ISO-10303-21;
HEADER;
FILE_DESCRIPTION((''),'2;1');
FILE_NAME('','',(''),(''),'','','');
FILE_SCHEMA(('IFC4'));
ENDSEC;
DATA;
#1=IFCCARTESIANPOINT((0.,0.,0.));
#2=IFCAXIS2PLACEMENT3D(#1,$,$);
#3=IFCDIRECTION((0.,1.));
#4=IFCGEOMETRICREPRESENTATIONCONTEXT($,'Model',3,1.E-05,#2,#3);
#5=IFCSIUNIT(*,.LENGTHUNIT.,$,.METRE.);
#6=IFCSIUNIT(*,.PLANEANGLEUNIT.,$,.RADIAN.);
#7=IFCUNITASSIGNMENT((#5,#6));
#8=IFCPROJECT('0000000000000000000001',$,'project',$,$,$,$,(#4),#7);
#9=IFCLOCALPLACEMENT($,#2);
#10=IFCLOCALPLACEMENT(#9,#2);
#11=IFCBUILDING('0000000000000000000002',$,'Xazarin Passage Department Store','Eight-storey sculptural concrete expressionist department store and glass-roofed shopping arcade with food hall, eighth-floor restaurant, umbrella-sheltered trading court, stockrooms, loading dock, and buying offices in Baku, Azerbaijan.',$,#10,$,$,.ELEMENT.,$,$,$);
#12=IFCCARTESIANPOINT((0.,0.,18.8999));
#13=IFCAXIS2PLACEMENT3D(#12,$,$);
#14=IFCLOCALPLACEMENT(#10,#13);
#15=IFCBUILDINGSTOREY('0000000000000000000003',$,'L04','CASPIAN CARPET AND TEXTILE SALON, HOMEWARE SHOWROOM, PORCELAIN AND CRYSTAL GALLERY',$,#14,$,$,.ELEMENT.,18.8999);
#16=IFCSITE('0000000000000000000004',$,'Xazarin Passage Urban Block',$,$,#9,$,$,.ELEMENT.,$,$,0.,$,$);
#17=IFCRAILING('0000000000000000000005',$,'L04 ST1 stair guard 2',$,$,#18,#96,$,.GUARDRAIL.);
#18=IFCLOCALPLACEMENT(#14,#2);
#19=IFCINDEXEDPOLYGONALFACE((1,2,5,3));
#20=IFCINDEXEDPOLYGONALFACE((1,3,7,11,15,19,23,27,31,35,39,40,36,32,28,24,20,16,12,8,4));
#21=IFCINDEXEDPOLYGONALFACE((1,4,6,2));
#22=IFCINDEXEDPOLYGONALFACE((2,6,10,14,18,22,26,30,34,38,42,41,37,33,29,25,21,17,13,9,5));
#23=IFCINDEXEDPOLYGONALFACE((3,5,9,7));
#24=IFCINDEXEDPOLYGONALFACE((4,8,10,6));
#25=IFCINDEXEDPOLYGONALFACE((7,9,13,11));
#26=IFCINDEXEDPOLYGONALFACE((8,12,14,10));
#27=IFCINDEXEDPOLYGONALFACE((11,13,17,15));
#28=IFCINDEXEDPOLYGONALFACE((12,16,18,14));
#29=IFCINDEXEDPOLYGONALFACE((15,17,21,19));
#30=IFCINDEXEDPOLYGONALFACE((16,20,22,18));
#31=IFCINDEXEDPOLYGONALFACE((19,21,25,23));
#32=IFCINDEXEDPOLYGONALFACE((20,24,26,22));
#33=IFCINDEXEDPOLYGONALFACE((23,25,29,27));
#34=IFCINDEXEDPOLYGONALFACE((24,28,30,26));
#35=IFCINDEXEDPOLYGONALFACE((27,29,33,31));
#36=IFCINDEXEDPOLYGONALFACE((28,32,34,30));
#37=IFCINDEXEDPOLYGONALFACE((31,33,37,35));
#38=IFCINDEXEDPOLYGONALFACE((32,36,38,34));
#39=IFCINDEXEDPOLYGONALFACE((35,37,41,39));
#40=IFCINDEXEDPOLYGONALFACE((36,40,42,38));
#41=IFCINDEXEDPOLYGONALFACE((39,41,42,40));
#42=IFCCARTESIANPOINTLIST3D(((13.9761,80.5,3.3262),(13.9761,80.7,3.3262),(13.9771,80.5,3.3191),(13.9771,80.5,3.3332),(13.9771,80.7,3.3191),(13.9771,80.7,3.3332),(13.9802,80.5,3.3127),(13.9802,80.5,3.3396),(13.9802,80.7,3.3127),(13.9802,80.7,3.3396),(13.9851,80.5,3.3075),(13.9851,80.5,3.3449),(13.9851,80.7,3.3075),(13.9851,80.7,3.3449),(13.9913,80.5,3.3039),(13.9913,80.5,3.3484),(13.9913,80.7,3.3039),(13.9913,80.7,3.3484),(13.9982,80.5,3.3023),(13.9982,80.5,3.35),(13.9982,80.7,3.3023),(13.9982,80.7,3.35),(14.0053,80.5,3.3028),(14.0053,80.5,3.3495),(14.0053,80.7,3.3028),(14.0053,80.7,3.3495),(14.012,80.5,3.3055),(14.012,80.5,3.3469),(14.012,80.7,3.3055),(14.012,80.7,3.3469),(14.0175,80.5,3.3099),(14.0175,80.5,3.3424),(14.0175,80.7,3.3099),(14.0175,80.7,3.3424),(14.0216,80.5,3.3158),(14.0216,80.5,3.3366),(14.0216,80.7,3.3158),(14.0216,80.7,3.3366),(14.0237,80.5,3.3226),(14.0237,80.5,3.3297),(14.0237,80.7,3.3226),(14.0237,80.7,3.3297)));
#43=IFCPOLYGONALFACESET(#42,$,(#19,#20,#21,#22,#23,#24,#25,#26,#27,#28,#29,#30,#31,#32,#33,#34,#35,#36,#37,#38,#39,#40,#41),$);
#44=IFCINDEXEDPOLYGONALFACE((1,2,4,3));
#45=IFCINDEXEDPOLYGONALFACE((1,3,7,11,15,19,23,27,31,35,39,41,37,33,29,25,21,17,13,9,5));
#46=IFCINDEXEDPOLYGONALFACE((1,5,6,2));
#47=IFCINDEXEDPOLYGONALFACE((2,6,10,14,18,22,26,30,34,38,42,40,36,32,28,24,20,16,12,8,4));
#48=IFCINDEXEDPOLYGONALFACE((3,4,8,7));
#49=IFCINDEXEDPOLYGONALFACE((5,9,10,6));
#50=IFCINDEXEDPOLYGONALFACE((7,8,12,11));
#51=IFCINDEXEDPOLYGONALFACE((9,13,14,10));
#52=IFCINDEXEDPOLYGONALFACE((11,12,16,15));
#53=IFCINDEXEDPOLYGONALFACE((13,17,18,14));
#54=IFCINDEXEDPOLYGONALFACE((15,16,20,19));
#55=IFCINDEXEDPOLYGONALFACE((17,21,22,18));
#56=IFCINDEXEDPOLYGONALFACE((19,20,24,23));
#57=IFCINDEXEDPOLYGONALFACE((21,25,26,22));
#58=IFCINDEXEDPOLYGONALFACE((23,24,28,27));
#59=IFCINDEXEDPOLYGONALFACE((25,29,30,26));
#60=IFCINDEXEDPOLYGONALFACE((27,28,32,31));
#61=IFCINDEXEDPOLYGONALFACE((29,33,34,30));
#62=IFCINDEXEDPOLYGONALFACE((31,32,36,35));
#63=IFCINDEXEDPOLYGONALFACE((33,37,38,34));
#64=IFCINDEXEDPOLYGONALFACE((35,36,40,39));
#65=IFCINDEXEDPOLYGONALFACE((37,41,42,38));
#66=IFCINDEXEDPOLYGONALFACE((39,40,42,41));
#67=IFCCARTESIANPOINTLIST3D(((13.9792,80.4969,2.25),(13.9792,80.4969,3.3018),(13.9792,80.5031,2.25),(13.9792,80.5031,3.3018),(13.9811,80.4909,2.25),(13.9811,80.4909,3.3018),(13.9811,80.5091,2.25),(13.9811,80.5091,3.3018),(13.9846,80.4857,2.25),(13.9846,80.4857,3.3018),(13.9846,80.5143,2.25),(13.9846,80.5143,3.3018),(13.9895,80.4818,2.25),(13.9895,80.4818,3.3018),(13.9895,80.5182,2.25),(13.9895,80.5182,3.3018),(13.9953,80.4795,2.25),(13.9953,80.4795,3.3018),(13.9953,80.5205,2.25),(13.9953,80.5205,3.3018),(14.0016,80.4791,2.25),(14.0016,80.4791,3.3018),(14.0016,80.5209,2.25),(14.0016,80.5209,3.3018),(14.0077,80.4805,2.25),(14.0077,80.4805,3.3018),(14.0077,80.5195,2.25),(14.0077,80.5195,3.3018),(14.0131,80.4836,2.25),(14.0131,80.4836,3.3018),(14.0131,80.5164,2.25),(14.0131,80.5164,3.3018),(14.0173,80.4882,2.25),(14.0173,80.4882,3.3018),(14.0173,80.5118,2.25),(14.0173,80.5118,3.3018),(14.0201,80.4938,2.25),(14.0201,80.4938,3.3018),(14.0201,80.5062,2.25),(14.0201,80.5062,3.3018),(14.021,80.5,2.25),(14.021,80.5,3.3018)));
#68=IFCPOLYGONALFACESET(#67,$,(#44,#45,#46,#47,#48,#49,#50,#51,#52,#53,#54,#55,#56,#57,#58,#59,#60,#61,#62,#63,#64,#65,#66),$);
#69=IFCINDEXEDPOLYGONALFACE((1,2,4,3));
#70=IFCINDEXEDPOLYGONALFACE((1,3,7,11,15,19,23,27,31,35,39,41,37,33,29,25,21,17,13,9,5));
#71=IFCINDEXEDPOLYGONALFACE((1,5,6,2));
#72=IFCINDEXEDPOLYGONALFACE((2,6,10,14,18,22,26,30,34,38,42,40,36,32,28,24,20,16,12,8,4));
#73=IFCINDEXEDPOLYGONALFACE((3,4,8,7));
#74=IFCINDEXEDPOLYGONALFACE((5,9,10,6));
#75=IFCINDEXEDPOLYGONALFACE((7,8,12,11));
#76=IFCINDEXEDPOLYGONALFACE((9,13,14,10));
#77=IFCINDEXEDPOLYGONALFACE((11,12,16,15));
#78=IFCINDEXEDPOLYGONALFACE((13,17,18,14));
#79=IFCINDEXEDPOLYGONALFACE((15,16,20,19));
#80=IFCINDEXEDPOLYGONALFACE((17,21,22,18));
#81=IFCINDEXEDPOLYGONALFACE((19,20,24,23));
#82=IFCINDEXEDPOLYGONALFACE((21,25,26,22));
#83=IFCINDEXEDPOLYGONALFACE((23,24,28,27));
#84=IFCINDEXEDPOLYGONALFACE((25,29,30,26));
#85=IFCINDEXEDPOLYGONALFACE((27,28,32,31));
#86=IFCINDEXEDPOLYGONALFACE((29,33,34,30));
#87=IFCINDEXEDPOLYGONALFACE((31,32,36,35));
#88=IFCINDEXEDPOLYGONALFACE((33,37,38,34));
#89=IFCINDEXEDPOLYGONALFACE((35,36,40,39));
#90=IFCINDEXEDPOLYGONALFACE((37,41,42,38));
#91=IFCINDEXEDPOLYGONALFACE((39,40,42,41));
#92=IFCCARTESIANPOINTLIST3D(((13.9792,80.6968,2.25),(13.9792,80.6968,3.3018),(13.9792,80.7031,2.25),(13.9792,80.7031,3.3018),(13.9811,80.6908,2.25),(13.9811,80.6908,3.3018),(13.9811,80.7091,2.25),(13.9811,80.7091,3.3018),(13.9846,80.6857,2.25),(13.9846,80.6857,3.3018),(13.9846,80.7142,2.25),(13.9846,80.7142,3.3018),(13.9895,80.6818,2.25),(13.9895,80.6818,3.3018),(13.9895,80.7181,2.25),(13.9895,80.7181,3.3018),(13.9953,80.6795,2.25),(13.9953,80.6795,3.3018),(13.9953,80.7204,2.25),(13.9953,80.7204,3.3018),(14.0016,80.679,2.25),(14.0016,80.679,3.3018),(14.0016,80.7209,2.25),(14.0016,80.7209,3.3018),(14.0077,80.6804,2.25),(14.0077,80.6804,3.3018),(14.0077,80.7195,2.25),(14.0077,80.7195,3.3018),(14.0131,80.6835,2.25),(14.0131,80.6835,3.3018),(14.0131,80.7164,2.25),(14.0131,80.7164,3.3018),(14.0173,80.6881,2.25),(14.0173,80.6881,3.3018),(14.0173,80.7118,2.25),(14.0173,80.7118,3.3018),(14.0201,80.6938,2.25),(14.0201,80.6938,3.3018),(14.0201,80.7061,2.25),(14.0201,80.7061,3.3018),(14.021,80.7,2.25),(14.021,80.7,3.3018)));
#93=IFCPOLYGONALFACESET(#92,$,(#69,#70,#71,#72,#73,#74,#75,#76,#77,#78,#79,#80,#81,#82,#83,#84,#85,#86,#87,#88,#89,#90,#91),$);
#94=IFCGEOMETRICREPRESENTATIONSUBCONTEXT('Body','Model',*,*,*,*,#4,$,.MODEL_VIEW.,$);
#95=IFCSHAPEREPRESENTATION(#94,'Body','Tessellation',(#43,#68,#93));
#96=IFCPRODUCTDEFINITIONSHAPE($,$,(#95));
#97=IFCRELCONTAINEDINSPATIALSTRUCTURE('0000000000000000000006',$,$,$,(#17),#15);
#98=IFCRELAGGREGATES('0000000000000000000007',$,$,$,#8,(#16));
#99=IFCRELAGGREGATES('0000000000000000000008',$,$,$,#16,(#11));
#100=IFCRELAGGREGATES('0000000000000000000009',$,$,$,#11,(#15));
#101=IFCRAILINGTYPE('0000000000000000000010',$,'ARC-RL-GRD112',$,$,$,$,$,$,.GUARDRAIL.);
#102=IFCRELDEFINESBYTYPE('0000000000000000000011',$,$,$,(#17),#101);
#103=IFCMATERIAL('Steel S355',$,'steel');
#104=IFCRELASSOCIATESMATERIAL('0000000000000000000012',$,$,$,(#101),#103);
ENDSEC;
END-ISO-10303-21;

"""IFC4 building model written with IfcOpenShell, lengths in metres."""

from ifc_helpers import new_model, si_unit, direction, frame, origin, origin_2d, place, context, subcontext, project, spatial, circle, extrude, material, type_object, element, save


model = new_model("IFC4")

# Units and contexts
model_context = context("Model", 3, precision=1e-05, world=origin(), true_north=direction((0.0, 1.0)))
body_context = subcontext(model_context, "Body", "Model", "MODEL_VIEW")
ifc_project = project(units=[si_unit("LENGTHUNIT", "METRE"), si_unit("PLANEANGLEUNIT", "RADIAN")], contexts=[model_context])

# Site, building, storey
site_placement = place(None, origin())
site = spatial("IfcSite", under=ifc_project, at=site_placement, Name="Xazarin Passage Urban Block", CompositionType="ELEMENT", RefElevation=0.0)
building_placement = place(site_placement, origin())
building = spatial("IfcBuilding", under=site, at=building_placement, Name="Xazarin Passage Department Store", Description="Eight-storey sculptural concrete expressionist department store and glass-roofed shopping arcade with food hall, eighth-floor restaurant, umbrella-sheltered trading court, stockrooms, loading dock, and buying offices in Baku, Azerbaijan.", CompositionType="ELEMENT")
storey_placement = place(building_placement, frame((0.0, 0.0, 18.8999)))
storey = spatial("IfcBuildingStorey", under=building, at=storey_placement, Name="L04", Description="CASPIAN CARPET AND TEXTILE SALON, HOMEWARE SHOWROOM, PORCELAIN AND CRYSTAL GALLERY", CompositionType="ELEMENT", Elevation=18.8999)

# Shared definitions
ifc_material_1 = material(Name="Steel S355", Category="steel")

# Railing
railing_type_1 = type_object("IfcRailingType", Name="ARC-RL-GRD112", PredefinedType="GUARDRAIL", material=ifc_material_1)
railing_1_placement = place(storey_placement, frame((14.0, 80.5, 2.25)))
element("IfcRailing", 1, at=railing_1_placement, inside=storey, type_object=railing_type_1, Name="L04 ST1 stair guard 2", PredefinedType="GUARDRAIL", context=body_context, shape_type="SweptSolid", body=[
    extrude(circle(Radius=0.0239, at=origin_2d()), frame((0.0, 0.0, 1.0762), z_axis=(0.0, 1.0, 0.0), x_axis=(-1.0, 0.0, 0.0)), (0.0, 0.0, 1.0), 0.2),
    extrude(circle(Radius=0.021, at=origin_2d()), origin(), (0.0, 0.0, 1.0), 1.0518),
    extrude(circle(Radius=0.021, at=origin_2d()), frame((0.0, 0.2, 0.0)), (0.0, 0.0, 1.0), 1.0518),
])

save(model, "model.ifc")
